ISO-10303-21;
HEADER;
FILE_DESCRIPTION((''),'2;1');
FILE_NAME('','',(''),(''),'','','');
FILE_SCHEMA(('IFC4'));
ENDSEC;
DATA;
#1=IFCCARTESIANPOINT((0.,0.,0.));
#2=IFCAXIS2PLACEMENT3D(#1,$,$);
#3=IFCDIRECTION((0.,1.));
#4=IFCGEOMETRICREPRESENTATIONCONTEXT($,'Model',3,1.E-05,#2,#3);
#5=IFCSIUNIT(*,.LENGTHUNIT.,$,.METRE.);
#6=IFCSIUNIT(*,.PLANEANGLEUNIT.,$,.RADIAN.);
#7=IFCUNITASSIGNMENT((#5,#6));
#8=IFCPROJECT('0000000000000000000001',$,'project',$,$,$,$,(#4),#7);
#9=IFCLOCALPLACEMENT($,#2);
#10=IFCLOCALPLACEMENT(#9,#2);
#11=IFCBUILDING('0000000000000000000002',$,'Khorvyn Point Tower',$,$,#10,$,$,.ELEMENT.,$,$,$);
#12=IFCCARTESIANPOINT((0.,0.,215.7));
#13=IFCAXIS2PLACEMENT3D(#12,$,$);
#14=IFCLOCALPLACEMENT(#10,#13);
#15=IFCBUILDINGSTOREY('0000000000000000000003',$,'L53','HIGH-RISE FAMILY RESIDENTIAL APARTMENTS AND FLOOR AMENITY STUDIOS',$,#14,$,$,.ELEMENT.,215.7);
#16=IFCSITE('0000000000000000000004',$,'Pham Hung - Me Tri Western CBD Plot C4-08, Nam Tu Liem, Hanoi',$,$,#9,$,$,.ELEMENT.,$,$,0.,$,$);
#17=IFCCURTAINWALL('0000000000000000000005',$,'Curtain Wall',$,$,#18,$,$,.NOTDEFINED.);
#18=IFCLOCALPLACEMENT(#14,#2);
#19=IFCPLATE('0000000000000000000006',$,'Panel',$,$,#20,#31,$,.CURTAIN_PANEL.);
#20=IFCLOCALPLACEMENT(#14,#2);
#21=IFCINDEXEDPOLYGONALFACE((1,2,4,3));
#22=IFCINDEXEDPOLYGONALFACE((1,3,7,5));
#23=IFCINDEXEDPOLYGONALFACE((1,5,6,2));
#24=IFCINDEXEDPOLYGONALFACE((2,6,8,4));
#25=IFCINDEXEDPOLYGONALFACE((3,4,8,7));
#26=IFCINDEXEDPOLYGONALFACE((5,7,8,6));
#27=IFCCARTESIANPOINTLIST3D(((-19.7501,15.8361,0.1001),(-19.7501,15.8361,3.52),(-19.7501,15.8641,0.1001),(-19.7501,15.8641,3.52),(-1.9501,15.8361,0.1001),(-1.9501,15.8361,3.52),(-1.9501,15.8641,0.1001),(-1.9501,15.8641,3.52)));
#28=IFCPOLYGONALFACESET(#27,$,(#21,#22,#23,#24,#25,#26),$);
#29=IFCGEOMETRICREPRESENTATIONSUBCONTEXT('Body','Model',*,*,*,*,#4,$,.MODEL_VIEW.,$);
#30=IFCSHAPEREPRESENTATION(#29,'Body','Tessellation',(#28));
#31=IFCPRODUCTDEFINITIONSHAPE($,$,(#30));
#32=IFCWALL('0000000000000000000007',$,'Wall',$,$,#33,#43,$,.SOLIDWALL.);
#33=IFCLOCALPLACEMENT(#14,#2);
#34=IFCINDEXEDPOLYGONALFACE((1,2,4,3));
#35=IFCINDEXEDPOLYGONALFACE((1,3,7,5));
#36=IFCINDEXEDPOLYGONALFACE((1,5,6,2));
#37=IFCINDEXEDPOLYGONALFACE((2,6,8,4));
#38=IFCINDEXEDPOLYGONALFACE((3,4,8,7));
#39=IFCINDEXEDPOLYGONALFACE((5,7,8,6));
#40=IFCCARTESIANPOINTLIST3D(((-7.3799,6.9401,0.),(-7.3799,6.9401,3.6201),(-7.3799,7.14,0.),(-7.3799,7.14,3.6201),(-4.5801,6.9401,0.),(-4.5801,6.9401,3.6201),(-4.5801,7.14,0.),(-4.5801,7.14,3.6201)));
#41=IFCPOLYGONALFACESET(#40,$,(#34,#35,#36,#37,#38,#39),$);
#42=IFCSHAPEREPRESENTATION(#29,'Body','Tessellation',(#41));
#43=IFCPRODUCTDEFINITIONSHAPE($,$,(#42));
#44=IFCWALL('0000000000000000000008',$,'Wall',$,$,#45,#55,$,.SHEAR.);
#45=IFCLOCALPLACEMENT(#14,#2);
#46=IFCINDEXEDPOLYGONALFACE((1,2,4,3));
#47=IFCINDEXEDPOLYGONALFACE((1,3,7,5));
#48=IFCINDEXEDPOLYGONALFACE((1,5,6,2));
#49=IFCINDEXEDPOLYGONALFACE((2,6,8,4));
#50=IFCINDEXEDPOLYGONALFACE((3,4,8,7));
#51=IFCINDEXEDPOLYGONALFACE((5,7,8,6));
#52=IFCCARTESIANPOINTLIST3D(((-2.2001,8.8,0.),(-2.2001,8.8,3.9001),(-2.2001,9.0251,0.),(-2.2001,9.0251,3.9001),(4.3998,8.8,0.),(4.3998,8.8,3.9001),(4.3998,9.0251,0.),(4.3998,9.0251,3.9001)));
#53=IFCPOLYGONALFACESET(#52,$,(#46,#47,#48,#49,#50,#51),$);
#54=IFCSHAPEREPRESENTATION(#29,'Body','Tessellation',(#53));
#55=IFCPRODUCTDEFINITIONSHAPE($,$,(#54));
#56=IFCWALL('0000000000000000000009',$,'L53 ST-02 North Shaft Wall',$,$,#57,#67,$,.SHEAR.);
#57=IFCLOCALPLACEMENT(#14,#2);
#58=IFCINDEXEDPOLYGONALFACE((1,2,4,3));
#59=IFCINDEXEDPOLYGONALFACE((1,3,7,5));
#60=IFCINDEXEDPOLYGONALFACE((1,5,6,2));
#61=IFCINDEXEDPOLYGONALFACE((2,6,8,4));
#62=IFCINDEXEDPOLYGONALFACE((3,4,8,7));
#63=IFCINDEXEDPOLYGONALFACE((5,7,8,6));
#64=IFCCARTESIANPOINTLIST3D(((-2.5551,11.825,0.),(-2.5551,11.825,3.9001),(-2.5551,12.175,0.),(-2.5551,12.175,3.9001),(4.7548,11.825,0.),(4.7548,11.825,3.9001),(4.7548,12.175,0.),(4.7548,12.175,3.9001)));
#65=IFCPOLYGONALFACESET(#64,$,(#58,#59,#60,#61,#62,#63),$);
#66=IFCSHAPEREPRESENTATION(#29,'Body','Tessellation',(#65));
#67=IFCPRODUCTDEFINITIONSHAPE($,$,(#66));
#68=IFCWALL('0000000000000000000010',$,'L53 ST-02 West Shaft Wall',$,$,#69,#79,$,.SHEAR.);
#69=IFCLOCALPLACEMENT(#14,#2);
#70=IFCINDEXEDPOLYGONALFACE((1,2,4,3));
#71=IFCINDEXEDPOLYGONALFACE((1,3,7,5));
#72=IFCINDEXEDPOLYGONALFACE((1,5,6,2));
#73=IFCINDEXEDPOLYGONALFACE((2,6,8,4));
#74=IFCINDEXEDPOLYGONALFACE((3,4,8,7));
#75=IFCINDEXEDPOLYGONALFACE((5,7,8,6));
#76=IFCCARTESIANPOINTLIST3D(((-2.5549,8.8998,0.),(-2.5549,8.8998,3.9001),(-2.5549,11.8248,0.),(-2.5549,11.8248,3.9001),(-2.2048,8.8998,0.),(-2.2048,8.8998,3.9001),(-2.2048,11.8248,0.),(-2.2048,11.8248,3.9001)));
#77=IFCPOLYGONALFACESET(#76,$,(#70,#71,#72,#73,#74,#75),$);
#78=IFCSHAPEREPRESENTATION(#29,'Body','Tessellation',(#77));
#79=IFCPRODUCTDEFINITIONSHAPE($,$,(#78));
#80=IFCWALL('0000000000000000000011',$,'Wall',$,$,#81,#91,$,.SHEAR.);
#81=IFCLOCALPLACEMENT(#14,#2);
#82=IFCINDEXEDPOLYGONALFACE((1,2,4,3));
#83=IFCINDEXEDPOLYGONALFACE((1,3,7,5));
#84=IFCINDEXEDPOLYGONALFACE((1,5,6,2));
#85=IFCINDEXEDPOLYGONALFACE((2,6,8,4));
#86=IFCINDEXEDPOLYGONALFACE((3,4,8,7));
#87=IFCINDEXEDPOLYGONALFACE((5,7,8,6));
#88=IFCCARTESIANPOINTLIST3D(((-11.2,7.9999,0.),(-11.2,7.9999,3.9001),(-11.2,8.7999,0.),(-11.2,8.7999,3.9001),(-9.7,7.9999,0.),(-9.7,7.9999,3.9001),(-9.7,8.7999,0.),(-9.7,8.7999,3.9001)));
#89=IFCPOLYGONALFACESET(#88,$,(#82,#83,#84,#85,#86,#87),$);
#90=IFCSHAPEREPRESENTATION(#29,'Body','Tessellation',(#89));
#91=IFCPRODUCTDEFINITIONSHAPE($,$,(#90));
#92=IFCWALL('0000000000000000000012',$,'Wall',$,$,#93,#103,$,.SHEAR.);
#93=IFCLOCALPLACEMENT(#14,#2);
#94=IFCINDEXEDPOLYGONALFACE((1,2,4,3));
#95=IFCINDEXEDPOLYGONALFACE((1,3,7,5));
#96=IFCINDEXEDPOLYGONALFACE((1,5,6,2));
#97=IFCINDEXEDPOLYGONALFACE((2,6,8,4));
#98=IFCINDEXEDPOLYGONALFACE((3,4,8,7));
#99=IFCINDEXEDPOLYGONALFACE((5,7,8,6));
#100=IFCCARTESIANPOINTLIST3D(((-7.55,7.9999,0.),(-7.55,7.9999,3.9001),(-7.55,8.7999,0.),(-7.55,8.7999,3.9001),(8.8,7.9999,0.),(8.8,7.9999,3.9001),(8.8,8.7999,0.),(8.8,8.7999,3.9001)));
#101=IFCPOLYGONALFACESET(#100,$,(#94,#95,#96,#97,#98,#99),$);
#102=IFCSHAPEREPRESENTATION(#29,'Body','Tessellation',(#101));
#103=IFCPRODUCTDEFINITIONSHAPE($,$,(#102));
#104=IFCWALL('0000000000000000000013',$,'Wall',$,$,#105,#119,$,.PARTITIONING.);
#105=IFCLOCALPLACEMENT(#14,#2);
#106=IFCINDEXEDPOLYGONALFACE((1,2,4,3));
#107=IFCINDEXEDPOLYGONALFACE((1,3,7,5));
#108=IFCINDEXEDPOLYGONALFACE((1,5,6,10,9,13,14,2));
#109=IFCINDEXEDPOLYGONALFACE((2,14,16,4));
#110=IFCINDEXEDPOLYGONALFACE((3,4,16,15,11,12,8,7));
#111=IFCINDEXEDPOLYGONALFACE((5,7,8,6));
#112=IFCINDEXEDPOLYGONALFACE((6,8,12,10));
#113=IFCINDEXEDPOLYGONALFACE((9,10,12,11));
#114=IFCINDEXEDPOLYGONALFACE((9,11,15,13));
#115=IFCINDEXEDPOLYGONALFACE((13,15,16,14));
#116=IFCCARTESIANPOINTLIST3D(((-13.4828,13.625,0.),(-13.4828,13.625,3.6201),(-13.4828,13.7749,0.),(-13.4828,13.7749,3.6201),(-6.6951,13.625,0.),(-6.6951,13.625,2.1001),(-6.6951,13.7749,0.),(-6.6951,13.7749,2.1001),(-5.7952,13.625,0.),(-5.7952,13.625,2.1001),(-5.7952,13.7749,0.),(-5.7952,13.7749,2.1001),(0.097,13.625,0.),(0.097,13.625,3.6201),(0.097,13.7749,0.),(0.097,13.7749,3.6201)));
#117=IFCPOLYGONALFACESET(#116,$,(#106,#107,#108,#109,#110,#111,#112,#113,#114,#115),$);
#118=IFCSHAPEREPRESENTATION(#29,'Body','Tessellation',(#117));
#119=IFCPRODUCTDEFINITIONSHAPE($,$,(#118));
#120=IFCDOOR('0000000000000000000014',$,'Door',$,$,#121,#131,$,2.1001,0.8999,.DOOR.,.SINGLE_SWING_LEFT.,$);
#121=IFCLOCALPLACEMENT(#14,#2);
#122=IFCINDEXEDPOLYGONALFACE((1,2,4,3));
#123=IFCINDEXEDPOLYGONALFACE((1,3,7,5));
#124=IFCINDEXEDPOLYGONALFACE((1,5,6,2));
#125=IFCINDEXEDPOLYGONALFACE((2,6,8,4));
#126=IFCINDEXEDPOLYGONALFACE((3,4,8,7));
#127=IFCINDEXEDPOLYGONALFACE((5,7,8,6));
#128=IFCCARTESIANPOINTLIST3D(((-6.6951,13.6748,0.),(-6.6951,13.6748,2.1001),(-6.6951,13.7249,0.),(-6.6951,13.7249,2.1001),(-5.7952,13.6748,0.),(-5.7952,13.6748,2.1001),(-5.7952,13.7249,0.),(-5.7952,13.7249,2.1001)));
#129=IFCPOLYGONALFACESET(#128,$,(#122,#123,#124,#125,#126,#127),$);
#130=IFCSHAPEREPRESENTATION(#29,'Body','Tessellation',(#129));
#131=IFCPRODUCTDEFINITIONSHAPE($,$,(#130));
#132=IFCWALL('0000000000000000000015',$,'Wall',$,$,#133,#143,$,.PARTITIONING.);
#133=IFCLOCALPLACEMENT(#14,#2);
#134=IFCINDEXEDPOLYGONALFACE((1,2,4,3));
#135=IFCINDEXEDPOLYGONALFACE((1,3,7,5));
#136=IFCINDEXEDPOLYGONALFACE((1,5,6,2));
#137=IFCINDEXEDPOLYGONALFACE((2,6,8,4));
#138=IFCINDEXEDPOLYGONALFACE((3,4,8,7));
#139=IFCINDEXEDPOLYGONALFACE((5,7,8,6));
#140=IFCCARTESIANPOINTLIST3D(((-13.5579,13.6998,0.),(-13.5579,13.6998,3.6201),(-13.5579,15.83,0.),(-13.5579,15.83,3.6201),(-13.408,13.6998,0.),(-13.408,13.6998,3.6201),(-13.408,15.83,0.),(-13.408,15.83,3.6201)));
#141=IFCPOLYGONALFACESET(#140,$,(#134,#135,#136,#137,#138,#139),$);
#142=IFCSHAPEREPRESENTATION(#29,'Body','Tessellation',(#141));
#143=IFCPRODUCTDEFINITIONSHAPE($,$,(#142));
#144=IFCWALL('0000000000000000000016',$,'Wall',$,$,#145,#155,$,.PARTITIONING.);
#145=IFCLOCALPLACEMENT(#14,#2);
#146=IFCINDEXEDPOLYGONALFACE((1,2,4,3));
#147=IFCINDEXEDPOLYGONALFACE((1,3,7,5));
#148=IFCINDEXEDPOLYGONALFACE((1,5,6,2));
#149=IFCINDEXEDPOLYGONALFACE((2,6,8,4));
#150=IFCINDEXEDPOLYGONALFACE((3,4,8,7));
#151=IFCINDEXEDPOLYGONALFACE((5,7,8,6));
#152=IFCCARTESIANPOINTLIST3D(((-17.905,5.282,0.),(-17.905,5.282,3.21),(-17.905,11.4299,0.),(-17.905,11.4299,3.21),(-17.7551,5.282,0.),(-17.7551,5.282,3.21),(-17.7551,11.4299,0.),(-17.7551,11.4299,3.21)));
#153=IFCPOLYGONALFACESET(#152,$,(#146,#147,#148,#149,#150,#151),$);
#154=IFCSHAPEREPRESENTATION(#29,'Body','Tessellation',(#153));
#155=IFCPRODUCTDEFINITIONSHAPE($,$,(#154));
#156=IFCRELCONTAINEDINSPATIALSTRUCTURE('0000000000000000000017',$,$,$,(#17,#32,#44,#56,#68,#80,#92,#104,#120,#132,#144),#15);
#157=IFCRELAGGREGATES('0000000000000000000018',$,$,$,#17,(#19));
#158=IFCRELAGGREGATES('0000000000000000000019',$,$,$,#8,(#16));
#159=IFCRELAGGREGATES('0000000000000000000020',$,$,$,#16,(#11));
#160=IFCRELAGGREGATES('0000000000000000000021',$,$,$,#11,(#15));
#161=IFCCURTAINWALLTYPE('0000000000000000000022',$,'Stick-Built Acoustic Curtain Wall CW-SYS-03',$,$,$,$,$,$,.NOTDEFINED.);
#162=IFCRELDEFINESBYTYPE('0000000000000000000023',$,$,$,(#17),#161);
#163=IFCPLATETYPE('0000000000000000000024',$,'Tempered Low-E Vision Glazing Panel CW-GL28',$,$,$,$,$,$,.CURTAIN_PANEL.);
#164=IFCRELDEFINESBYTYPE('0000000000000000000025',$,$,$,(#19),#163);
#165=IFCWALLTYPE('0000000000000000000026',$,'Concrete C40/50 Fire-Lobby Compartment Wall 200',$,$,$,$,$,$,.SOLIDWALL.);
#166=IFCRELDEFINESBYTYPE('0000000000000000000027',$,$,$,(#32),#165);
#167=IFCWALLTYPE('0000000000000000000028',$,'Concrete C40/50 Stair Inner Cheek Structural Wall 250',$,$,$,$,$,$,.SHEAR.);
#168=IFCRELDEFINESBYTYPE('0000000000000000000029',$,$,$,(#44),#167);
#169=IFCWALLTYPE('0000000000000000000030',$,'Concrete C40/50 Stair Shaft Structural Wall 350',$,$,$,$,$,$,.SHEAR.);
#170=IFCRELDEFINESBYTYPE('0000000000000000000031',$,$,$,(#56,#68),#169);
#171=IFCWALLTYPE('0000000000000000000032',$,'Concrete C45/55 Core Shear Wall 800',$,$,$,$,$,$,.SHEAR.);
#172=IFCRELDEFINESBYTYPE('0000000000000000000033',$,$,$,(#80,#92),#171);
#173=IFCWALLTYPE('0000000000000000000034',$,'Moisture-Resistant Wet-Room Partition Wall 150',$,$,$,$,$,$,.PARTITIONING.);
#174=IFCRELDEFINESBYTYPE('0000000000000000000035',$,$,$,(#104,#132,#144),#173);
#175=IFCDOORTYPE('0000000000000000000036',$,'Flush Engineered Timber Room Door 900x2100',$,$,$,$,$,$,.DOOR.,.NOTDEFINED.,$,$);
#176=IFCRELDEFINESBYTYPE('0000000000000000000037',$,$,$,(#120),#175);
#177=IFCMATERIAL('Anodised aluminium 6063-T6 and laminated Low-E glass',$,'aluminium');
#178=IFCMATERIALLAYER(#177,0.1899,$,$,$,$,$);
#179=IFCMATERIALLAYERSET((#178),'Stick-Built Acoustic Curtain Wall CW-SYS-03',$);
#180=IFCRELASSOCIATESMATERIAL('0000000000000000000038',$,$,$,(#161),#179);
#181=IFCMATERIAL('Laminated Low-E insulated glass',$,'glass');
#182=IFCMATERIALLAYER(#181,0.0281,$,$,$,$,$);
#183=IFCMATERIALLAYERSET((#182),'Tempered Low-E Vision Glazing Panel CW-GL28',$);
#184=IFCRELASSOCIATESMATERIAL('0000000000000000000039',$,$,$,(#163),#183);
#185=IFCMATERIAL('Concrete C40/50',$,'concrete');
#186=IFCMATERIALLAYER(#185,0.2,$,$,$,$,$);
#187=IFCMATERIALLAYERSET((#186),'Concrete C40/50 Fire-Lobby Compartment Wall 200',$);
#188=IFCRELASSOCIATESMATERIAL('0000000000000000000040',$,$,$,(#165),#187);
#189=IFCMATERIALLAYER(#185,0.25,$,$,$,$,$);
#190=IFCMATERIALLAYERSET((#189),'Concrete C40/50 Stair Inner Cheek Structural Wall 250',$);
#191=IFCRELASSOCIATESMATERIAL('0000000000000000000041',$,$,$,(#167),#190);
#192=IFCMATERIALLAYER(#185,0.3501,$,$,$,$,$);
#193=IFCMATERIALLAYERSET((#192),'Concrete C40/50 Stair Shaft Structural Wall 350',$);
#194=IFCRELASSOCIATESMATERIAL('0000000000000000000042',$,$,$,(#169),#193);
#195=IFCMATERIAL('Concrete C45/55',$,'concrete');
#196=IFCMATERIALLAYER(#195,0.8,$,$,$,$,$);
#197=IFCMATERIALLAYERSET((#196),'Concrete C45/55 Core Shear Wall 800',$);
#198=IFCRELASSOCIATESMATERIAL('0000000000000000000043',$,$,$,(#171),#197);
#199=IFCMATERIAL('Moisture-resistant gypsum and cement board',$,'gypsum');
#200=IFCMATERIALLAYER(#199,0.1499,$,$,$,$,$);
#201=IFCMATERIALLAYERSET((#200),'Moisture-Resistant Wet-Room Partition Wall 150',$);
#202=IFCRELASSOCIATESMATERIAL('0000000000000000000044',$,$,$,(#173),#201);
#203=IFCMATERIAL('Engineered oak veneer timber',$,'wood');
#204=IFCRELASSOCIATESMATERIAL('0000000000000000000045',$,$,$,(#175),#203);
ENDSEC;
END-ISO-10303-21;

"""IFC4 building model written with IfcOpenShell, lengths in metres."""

from ifc_helpers import new_model, si_unit, direction, frame, frame_2d, origin, origin_2d, place, context, subcontext, project, spatial, rectangle, extrude, material, layer, layer_set, type_object, element, fill, aggregate, save


model = new_model("IFC4")

# Units and contexts
model_context = context("Model", 3, precision=1e-05, world=origin(), true_north=direction((0.0, 1.0)))
body_context = subcontext(model_context, "Body", "Model", "MODEL_VIEW")
ifc_project = project(units=[si_unit("LENGTHUNIT", "METRE"), si_unit("PLANEANGLEUNIT", "RADIAN")], contexts=[model_context])

# Site, building, storey
site_placement = place(None, origin())
site = spatial("IfcSite", under=ifc_project, at=site_placement, Name="Pham Hung - Me Tri Western CBD Plot C4-08, Nam Tu Liem, Hanoi", CompositionType="ELEMENT", RefElevation=0.0)
building_placement = place(site_placement, origin())
building = spatial("IfcBuilding", under=site, at=building_placement, Name="Khorvyn Point Tower", CompositionType="ELEMENT")
storey_placement = place(building_placement, frame((0.0, 0.0, 215.7)))
storey = spatial("IfcBuildingStorey", under=building, at=storey_placement, Name="L53", Description="HIGH-RISE FAMILY RESIDENTIAL APARTMENTS AND FLOOR AMENITY STUDIOS", CompositionType="ELEMENT", Elevation=215.7)

# Shared definitions
ifc_material_1 = material(Name="Concrete C45/55", Category="concrete")

# Curtain wall
ifc_material_2 = material(Name="Anodised aluminium 6063-T6 and laminated Low-E glass", Category="aluminium")
ifc_layer_1 = layer(ifc_material_2, 0.1899)
ifc_layer_set_1 = layer_set([ifc_layer_1], Name="Stick-Built Acoustic Curtain Wall CW-SYS-03")
curtain_wall_type = type_object("IfcCurtainWallType", Name="Stick-Built Acoustic Curtain Wall CW-SYS-03", PredefinedType="NOTDEFINED", material=ifc_layer_set_1)
curtain_wall_placement = place(storey_placement, origin())
curtain_wall = element("IfcCurtainWall", 1, at=curtain_wall_placement, inside=storey, type_object=curtain_wall_type, Name="Curtain Wall", PredefinedType="NOTDEFINED")

# Plate
ifc_material_3 = material(Name="Laminated Low-E insulated glass", Category="glass")
ifc_layer_2 = layer(ifc_material_3, 0.0281)
ifc_layer_set_2 = layer_set([ifc_layer_2], Name="Tempered Low-E Vision Glazing Panel CW-GL28")
plate_type_1 = type_object("IfcPlateType", Name="Tempered Low-E Vision Glazing Panel CW-GL28", PredefinedType="CURTAIN_PANEL", material=ifc_layer_set_2)
plate_1_placement = place(storey_placement, frame((-10.8501, 15.8501, 0.1001), z_axis=(0.0, 0.0, 1.0), x_axis=(1.0, 0.0, 0.0)))
plate_1 = element("IfcPlate", 2, at=plate_1_placement, type_object=plate_type_1, Name="Panel", PredefinedType="CURTAIN_PANEL", context=body_context, shape_type="SweptSolid", body=[
    extrude(rectangle(XDim=17.8, YDim=0.0281, at=origin_2d()), origin(), (0.0, 0.0, 1.0), 3.4199),
])
aggregate(curtain_wall, [plate_1])

# Shared definitions
ifc_material_4 = material(Name="Concrete C40/50", Category="concrete")
ifc_layer_3 = layer(ifc_material_4, 0.2)
ifc_layer_set_3 = layer_set([ifc_layer_3], Name="Concrete C40/50 Fire-Lobby Compartment Wall 200")
wall_type_1 = type_object("IfcWallType", Name="Concrete C40/50 Fire-Lobby Compartment Wall 200", PredefinedType="SOLIDWALL", material=ifc_layer_set_3)

# Walls
wall_1_placement = place(storey_placement, frame((-7.3799, 7.04, 0.0), z_axis=(0.0, 0.0, 1.0), x_axis=(1.0, 0.0, 0.0)))
element("IfcWall", 3, at=wall_1_placement, inside=storey, type_object=wall_type_1, Name="Wall", PredefinedType="SOLIDWALL", context=body_context, shape_type="SweptSolid", body=[
    extrude(rectangle(XDim=2.7998, YDim=0.2, at=frame_2d((1.3999, 0.0))), origin(), (0.0, 0.0, 1.0), 3.6201),
])
ifc_layer_4 = layer(ifc_material_4, 0.25)
ifc_layer_set_4 = layer_set([ifc_layer_4], Name="Concrete C40/50 Stair Inner Cheek Structural Wall 250")
wall_type_2 = type_object("IfcWallType", Name="Concrete C40/50 Stair Inner Cheek Structural Wall 250", PredefinedType="SHEAR", material=ifc_layer_set_4)
wall_2_placement = place(storey_placement, frame((-2.2, 8.9126, 0.0), z_axis=(0.0, 0.0, 1.0), x_axis=(1.0, 0.0, 0.0)))
element("IfcWall", 4, at=wall_2_placement, inside=storey, type_object=wall_type_2, Name="Wall", PredefinedType="SHEAR", context=body_context, shape_type="SweptSolid", body=[
    extrude(rectangle(XDim=6.5999, YDim=0.2251, at=frame_2d((3.2998, 0.0))), origin(), (0.0, 0.0, 1.0), 3.9001),
])
ifc_layer_5 = layer(ifc_material_4, 0.3501)
ifc_layer_set_5 = layer_set([ifc_layer_5], Name="Concrete C40/50 Stair Shaft Structural Wall 350")
wall_type_3 = type_object("IfcWallType", Name="Concrete C40/50 Stair Shaft Structural Wall 350", PredefinedType="SHEAR", material=ifc_layer_set_5)
wall_3_placement = place(storey_placement, frame((-2.5549, 12.0, 0.0), z_axis=(0.0, 0.0, 1.0), x_axis=(1.0, 0.0, 0.0)))
element("IfcWall", 5, at=wall_3_placement, inside=storey, type_object=wall_type_3, Name="L53 ST-02 North Shaft Wall", PredefinedType="SHEAR", context=body_context, shape_type="SweptSolid", body=[
    extrude(rectangle(XDim=7.3098, YDim=0.3501, at=frame_2d((3.6548, 0.0))), origin(), (0.0, 0.0, 1.0), 3.9001),
])
wall_4_placement = place(storey_placement, frame((-2.3799, 8.8999, 0.0), z_axis=(0.0, 0.0, 1.0), x_axis=(0.0, 1.0, 0.0)))
element("IfcWall", 6, at=wall_4_placement, inside=storey, type_object=wall_type_3, Name="L53 ST-02 West Shaft Wall", PredefinedType="SHEAR", context=body_context, shape_type="SweptSolid", body=[
    extrude(rectangle(XDim=2.925, YDim=0.3501, at=frame_2d((1.4624, 0.0))), origin(), (0.0, 0.0, 1.0), 3.9001),
])
ifc_layer_6 = layer(ifc_material_1, 0.8)
ifc_layer_set_6 = layer_set([ifc_layer_6], Name="Concrete C45/55 Core Shear Wall 800")
wall_type_4 = type_object("IfcWallType", Name="Concrete C45/55 Core Shear Wall 800", PredefinedType="SHEAR", material=ifc_layer_set_6)
wall_5_placement = place(storey_placement, frame((-11.2, 8.3999, 0.0), z_axis=(0.0, 0.0, 1.0), x_axis=(1.0, 0.0, 0.0)))
element("IfcWall", 7, at=wall_5_placement, inside=storey, type_object=wall_type_4, Name="Wall", PredefinedType="SHEAR", context=body_context, shape_type="SweptSolid", body=[
    extrude(rectangle(XDim=1.5, YDim=0.8, at=frame_2d((0.75, 0.0))), origin(), (0.0, 0.0, 1.0), 3.9001),
])
wall_6_placement = place(storey_placement, frame((-7.55, 8.3999, 0.0), z_axis=(0.0, 0.0, 1.0), x_axis=(1.0, 0.0, 0.0)))
element("IfcWall", 8, at=wall_6_placement, inside=storey, type_object=wall_type_4, Name="Wall", PredefinedType="SHEAR", context=body_context, shape_type="SweptSolid", body=[
    extrude(rectangle(XDim=16.3501, YDim=0.8, at=frame_2d((8.175, 0.0))), origin(), (0.0, 0.0, 1.0), 3.9001),
])

# Wall, opening, door
ifc_material_5 = material(Name="Moisture-resistant gypsum and cement board", Category="gypsum")
ifc_layer_7 = layer(ifc_material_5, 0.1499)
ifc_layer_set_7 = layer_set([ifc_layer_7], Name="Moisture-Resistant Wet-Room Partition Wall 150")
wall_type_5 = type_object("IfcWallType", Name="Moisture-Resistant Wet-Room Partition Wall 150", PredefinedType="PARTITIONING", material=ifc_layer_set_7)
wall_7_placement = place(storey_placement, frame((-13.4829, 13.7, 0.0), z_axis=(0.0, 0.0, 1.0), x_axis=(1.0, 0.0, 0.0)))
wall_7 = element("IfcWall", 9, at=wall_7_placement, inside=storey, type_object=wall_type_5, Name="Wall", PredefinedType="PARTITIONING", context=body_context, shape_type="SweptSolid", body=[
    extrude(rectangle(XDim=13.5798, YDim=0.1499, at=frame_2d((6.79, 0.0))), origin(), (0.0, 0.0, 1.0), 3.6201),
])
opening_1_placement = place(wall_7_placement, frame((6.7878, 0.0, 0.0)))
opening_1 = element("IfcOpeningElement", 10, at=opening_1_placement, cuts=wall_7, PredefinedType="OPENING", context=body_context, shape_type="SweptSolid", body=[
    extrude(rectangle(XDim=0.8999, YDim=2.1001, at=frame_2d((0.45, 1.05))), frame((0.0, 0.085, 0.0), z_axis=(0.0, -1.0, 0.0), x_axis=(1.0, 0.0, 0.0)), (0.0, 0.0, 1.0), 0.1699),
])
ifc_material_6 = material(Name="Engineered oak veneer timber", Category="wood")
door_type_1 = type_object("IfcDoorType", Name="Flush Engineered Timber Room Door 900x2100", OperationType="NOTDEFINED", PredefinedType="DOOR", material=ifc_material_6)
door_1_placement = place(opening_1_placement, origin())
door_1 = element("IfcDoor", 11, at=door_1_placement, inside=storey, type_object=door_type_1, Name="Door", OperationType="SINGLE_SWING_LEFT", OverallHeight=2.1001, OverallWidth=0.8999, PredefinedType="DOOR", context=body_context, shape_type="SweptSolid", body=[
    extrude(rectangle(XDim=0.8999, YDim=2.1001, at=frame_2d((0.45, 1.05))), frame((0.0, 0.0249, 0.0), z_axis=(0.0, -1.0, 0.0), x_axis=(1.0, 0.0, 0.0)), (0.0, 0.0, 1.0), 0.05),
])
fill(opening_1, door_1)

# Walls
wall_8_placement = place(storey_placement, frame((-13.4829, 13.7, 0.0), z_axis=(0.0, 0.0, 1.0), x_axis=(0.0, 1.0, 0.0)))
element("IfcWall", 12, at=wall_8_placement, inside=storey, type_object=wall_type_5, Name="Wall", PredefinedType="PARTITIONING", context=body_context, shape_type="SweptSolid", body=[
    extrude(rectangle(XDim=2.1301, YDim=0.1499, at=frame_2d((1.0649, 0.0))), origin(), (0.0, 0.0, 1.0), 3.6201),
])
wall_9_placement = place(storey_placement, frame((-17.8301, 5.282, 0.0), z_axis=(0.0, 0.0, 1.0), x_axis=(0.0, 1.0, 0.0)))
element("IfcWall", 13, at=wall_9_placement, inside=storey, type_object=wall_type_5, Name="Wall", PredefinedType="PARTITIONING", context=body_context, shape_type="SweptSolid", body=[
    extrude(rectangle(XDim=6.1479, YDim=0.1499, at=frame_2d((3.074, 0.0))), origin(), (0.0, 0.0, 1.0), 3.21),
])

save(model, "model.ifc")
